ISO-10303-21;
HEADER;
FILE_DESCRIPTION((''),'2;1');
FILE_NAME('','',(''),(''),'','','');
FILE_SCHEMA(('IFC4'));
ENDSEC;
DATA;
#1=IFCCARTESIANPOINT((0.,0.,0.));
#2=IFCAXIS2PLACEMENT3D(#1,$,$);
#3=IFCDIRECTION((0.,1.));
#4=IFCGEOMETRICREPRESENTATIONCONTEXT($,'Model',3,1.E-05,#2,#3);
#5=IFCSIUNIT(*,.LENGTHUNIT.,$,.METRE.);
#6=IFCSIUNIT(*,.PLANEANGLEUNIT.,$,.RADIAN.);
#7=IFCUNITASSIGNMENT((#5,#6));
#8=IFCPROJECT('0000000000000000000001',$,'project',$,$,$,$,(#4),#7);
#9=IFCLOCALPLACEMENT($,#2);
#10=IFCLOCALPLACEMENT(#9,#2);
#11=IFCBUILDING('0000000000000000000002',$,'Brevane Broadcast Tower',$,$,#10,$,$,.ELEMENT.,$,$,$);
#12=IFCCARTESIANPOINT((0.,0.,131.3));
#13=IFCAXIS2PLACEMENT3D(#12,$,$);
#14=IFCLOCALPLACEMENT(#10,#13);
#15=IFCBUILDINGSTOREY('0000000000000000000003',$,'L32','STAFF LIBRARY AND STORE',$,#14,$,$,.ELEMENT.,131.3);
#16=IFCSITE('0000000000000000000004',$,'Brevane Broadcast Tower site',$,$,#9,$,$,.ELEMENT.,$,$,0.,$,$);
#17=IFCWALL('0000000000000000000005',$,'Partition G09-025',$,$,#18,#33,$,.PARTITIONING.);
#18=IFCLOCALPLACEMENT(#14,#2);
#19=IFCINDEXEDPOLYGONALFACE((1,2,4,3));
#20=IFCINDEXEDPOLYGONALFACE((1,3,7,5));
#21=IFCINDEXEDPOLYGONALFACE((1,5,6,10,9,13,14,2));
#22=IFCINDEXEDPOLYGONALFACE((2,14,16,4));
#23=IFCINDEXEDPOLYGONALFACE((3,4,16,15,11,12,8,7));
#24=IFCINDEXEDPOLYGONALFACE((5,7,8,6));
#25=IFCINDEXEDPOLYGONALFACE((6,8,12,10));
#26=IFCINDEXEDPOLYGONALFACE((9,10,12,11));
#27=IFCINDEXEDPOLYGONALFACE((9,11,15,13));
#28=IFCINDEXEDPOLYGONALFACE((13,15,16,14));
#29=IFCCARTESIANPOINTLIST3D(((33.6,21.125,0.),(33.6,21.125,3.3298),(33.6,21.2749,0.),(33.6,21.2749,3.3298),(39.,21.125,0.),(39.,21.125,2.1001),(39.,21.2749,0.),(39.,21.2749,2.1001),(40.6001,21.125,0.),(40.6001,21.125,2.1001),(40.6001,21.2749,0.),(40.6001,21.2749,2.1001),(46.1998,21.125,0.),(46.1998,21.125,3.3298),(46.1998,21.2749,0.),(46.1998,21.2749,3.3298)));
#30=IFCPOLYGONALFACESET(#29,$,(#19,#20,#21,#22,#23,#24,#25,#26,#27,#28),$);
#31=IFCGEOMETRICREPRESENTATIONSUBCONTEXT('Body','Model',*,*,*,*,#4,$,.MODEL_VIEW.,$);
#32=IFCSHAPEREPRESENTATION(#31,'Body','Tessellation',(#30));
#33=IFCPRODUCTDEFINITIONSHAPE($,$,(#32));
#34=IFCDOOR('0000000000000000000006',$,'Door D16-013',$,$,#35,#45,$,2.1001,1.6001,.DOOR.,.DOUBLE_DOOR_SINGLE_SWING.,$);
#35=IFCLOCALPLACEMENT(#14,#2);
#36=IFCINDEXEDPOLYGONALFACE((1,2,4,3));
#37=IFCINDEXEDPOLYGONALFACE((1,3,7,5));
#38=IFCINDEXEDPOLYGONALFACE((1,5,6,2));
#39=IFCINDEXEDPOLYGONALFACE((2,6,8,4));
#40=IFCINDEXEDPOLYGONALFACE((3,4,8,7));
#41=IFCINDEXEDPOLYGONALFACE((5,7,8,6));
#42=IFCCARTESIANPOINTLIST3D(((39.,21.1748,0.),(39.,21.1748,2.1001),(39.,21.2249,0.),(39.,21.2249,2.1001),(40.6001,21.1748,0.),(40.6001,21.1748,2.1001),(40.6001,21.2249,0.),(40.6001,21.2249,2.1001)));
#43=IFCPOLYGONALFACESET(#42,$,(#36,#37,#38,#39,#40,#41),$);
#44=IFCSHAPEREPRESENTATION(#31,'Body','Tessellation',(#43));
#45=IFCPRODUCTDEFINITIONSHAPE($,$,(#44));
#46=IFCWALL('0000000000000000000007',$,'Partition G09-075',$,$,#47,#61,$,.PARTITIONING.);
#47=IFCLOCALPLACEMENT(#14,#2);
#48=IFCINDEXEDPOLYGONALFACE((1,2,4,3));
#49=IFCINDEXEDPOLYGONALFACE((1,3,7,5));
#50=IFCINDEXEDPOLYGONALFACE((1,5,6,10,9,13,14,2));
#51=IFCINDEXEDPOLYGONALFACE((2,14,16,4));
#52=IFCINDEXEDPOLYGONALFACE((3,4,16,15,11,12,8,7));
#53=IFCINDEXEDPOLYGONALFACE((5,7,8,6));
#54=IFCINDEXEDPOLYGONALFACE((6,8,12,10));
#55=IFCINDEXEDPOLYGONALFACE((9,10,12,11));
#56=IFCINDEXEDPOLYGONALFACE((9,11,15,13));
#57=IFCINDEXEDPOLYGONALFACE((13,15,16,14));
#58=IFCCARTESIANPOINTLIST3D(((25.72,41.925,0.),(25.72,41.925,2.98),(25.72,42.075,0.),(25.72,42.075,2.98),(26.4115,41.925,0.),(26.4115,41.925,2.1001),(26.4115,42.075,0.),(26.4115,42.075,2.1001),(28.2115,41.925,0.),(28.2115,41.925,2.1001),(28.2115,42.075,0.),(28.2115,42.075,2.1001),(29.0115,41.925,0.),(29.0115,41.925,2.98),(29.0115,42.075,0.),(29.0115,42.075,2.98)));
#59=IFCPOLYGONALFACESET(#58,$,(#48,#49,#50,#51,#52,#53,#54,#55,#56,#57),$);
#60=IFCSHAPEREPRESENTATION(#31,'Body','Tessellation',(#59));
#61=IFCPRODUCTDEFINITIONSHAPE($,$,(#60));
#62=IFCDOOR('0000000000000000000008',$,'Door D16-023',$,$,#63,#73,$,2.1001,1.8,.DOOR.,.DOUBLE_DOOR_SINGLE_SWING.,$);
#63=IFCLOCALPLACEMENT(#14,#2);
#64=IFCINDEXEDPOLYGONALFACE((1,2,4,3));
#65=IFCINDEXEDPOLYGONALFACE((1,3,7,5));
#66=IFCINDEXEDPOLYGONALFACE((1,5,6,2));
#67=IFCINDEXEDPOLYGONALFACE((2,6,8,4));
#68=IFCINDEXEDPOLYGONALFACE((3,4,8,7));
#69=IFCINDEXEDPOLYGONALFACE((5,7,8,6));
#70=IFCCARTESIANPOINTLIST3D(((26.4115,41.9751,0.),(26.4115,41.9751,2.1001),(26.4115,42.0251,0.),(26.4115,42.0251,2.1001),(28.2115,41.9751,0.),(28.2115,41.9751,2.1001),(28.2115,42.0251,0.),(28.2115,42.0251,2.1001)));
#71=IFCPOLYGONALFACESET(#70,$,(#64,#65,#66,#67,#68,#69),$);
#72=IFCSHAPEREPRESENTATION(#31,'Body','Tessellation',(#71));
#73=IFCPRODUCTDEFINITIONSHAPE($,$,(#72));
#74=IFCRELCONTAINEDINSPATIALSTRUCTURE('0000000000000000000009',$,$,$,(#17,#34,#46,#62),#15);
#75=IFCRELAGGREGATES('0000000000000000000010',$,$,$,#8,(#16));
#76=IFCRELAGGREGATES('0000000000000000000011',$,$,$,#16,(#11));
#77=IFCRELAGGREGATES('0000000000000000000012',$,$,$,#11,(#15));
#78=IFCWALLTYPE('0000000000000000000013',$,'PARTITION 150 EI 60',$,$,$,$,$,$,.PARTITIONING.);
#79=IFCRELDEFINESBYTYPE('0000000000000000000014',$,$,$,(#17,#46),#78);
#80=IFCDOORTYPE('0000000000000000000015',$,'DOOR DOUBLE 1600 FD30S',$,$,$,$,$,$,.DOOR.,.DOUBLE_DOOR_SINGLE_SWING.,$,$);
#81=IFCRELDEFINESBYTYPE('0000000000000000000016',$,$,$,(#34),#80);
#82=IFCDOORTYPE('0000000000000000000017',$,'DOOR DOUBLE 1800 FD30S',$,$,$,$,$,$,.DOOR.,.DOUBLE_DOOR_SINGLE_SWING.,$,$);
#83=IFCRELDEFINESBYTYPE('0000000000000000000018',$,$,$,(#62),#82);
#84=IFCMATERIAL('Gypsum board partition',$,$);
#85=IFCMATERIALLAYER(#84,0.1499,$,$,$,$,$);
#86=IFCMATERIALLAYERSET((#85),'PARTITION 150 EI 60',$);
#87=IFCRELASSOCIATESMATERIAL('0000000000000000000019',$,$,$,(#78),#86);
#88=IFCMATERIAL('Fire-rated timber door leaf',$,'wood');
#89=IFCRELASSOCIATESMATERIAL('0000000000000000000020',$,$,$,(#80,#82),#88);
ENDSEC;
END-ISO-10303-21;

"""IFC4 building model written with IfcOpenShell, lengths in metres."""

from ifc_helpers import new_model, si_unit, direction, frame, frame_2d, origin, place, context, subcontext, project, spatial, rectangle, extrude, material, layer, layer_set, type_object, element, fill, save


model = new_model("IFC4")

# Units and contexts
model_context = context("Model", 3, precision=1e-05, world=origin(), true_north=direction((0.0, 1.0)))
body_context = subcontext(model_context, "Body", "Model", "MODEL_VIEW")
ifc_project = project(units=[si_unit("LENGTHUNIT", "METRE"), si_unit("PLANEANGLEUNIT", "RADIAN")], contexts=[model_context])

# Site, building, storey
site_placement = place(None, origin())
site = spatial("IfcSite", under=ifc_project, at=site_placement, Name="Brevane Broadcast Tower site", CompositionType="ELEMENT", RefElevation=0.0)
building_placement = place(site_placement, origin())
building = spatial("IfcBuilding", under=site, at=building_placement, Name="Brevane Broadcast Tower", CompositionType="ELEMENT")
storey_placement = place(building_placement, frame((0.0, 0.0, 131.3)))
storey = spatial("IfcBuildingStorey", under=building, at=storey_placement, Name="L32", Description="STAFF LIBRARY AND STORE", CompositionType="ELEMENT", Elevation=131.3)

# Shared definitions
ifc_material_1 = material(Name="Gypsum board partition")

# Walls, openings, doors
ifc_layer_1 = layer(ifc_material_1, 0.1499)
ifc_layer_set_1 = layer_set([ifc_layer_1], Name="PARTITION 150 EI 60")
wall_type_1 = type_object("IfcWallType", Name="PARTITION 150 EI 60", PredefinedType="PARTITIONING", material=ifc_layer_set_1)
wall_1_placement = place(storey_placement, frame((33.6001, 21.2, 0.0), z_axis=(0.0, 0.0, 1.0), x_axis=(1.0, 0.0, 0.0)))
wall_1 = element("IfcWall", 1, at=wall_1_placement, inside=storey, type_object=wall_type_1, Name="Partition G09-025", PredefinedType="PARTITIONING", context=body_context, shape_type="SweptSolid", body=[
    extrude(rectangle(XDim=12.5999, YDim=0.1499, at=frame_2d((6.2998, 0.0))), origin(), (0.0, 0.0, 1.0), 3.3298),
])
opening_1_placement = place(wall_1_placement, frame((5.3999, 0.0, 0.0)))
opening_1 = element("IfcOpeningElement", 2, at=opening_1_placement, cuts=wall_1, PredefinedType="OPENING", context=body_context, shape_type="SweptSolid", body=[
    extrude(rectangle(XDim=1.6001, YDim=2.1001, at=frame_2d((0.8, 1.05))), frame((0.0, 0.085, 0.0), z_axis=(0.0, -1.0, 0.0), x_axis=(1.0, 0.0, 0.0)), (0.0, 0.0, 1.0), 0.1699),
])
ifc_material_2 = material(Name="Fire-rated timber door leaf", Category="wood")
door_type_1 = type_object("IfcDoorType", Name="DOOR DOUBLE 1600 FD30S", OperationType="DOUBLE_DOOR_SINGLE_SWING", PredefinedType="DOOR", material=ifc_material_2)
door_1_placement = place(opening_1_placement, origin())
door_1 = element("IfcDoor", 3, at=door_1_placement, inside=storey, type_object=door_type_1, Name="Door D16-013", OperationType="DOUBLE_DOOR_SINGLE_SWING", OverallHeight=2.1001, OverallWidth=1.6001, PredefinedType="DOOR", context=body_context, shape_type="SweptSolid", body=[
    extrude(rectangle(XDim=1.6001, YDim=2.1001, at=frame_2d((0.8, 1.05))), frame((0.0, 0.0249, 0.0), z_axis=(0.0, -1.0, 0.0), x_axis=(1.0, 0.0, 0.0)), (0.0, 0.0, 1.0), 0.05),
])
fill(opening_1, door_1)
wall_2_placement = place(storey_placement, frame((29.0115, 42.0, 0.0), z_axis=(0.0, 0.0, 1.0), x_axis=(-1.0, 0.0, 0.0)))
wall_2 = element("IfcWall", 4, at=wall_2_placement, inside=storey, type_object=wall_type_1, Name="Partition G09-075", PredefinedType="PARTITIONING", context=body_context, shape_type="SweptSolid", body=[
    extrude(rectangle(XDim=3.2915, YDim=0.1499, at=frame_2d((1.6458, 0.0))), origin(), (0.0, 0.0, 1.0), 2.98),
])
opening_2_placement = place(wall_2_placement, frame((0.8, 0.0, 0.0)))
opening_2 = element("IfcOpeningElement", 5, at=opening_2_placement, cuts=wall_2, PredefinedType="OPENING", context=body_context, shape_type="SweptSolid", body=[
    extrude(rectangle(XDim=1.8, YDim=2.1001, at=frame_2d((0.8999, 1.05))), frame((0.0, 0.085, 0.0), z_axis=(0.0, -1.0, 0.0), x_axis=(1.0, 0.0, 0.0)), (0.0, 0.0, 1.0), 0.1699),
])
door_type_2 = type_object("IfcDoorType", Name="DOOR DOUBLE 1800 FD30S", OperationType="DOUBLE_DOOR_SINGLE_SWING", PredefinedType="DOOR", material=ifc_material_2)
door_2_placement = place(opening_2_placement, origin())
door_2 = element("IfcDoor", 6, at=door_2_placement, inside=storey, type_object=door_type_2, Name="Door D16-023", OperationType="DOUBLE_DOOR_SINGLE_SWING", OverallHeight=2.1001, OverallWidth=1.8, PredefinedType="DOOR", context=body_context, shape_type="SweptSolid", body=[
    extrude(rectangle(XDim=1.8, YDim=2.1001, at=frame_2d((0.8999, 1.05))), frame((0.0, 0.0249, 0.0), z_axis=(0.0, -1.0, 0.0), x_axis=(1.0, 0.0, 0.0)), (0.0, 0.0, 1.0), 0.05),
])
fill(opening_2, door_2)

save(model, "model.ifc")
